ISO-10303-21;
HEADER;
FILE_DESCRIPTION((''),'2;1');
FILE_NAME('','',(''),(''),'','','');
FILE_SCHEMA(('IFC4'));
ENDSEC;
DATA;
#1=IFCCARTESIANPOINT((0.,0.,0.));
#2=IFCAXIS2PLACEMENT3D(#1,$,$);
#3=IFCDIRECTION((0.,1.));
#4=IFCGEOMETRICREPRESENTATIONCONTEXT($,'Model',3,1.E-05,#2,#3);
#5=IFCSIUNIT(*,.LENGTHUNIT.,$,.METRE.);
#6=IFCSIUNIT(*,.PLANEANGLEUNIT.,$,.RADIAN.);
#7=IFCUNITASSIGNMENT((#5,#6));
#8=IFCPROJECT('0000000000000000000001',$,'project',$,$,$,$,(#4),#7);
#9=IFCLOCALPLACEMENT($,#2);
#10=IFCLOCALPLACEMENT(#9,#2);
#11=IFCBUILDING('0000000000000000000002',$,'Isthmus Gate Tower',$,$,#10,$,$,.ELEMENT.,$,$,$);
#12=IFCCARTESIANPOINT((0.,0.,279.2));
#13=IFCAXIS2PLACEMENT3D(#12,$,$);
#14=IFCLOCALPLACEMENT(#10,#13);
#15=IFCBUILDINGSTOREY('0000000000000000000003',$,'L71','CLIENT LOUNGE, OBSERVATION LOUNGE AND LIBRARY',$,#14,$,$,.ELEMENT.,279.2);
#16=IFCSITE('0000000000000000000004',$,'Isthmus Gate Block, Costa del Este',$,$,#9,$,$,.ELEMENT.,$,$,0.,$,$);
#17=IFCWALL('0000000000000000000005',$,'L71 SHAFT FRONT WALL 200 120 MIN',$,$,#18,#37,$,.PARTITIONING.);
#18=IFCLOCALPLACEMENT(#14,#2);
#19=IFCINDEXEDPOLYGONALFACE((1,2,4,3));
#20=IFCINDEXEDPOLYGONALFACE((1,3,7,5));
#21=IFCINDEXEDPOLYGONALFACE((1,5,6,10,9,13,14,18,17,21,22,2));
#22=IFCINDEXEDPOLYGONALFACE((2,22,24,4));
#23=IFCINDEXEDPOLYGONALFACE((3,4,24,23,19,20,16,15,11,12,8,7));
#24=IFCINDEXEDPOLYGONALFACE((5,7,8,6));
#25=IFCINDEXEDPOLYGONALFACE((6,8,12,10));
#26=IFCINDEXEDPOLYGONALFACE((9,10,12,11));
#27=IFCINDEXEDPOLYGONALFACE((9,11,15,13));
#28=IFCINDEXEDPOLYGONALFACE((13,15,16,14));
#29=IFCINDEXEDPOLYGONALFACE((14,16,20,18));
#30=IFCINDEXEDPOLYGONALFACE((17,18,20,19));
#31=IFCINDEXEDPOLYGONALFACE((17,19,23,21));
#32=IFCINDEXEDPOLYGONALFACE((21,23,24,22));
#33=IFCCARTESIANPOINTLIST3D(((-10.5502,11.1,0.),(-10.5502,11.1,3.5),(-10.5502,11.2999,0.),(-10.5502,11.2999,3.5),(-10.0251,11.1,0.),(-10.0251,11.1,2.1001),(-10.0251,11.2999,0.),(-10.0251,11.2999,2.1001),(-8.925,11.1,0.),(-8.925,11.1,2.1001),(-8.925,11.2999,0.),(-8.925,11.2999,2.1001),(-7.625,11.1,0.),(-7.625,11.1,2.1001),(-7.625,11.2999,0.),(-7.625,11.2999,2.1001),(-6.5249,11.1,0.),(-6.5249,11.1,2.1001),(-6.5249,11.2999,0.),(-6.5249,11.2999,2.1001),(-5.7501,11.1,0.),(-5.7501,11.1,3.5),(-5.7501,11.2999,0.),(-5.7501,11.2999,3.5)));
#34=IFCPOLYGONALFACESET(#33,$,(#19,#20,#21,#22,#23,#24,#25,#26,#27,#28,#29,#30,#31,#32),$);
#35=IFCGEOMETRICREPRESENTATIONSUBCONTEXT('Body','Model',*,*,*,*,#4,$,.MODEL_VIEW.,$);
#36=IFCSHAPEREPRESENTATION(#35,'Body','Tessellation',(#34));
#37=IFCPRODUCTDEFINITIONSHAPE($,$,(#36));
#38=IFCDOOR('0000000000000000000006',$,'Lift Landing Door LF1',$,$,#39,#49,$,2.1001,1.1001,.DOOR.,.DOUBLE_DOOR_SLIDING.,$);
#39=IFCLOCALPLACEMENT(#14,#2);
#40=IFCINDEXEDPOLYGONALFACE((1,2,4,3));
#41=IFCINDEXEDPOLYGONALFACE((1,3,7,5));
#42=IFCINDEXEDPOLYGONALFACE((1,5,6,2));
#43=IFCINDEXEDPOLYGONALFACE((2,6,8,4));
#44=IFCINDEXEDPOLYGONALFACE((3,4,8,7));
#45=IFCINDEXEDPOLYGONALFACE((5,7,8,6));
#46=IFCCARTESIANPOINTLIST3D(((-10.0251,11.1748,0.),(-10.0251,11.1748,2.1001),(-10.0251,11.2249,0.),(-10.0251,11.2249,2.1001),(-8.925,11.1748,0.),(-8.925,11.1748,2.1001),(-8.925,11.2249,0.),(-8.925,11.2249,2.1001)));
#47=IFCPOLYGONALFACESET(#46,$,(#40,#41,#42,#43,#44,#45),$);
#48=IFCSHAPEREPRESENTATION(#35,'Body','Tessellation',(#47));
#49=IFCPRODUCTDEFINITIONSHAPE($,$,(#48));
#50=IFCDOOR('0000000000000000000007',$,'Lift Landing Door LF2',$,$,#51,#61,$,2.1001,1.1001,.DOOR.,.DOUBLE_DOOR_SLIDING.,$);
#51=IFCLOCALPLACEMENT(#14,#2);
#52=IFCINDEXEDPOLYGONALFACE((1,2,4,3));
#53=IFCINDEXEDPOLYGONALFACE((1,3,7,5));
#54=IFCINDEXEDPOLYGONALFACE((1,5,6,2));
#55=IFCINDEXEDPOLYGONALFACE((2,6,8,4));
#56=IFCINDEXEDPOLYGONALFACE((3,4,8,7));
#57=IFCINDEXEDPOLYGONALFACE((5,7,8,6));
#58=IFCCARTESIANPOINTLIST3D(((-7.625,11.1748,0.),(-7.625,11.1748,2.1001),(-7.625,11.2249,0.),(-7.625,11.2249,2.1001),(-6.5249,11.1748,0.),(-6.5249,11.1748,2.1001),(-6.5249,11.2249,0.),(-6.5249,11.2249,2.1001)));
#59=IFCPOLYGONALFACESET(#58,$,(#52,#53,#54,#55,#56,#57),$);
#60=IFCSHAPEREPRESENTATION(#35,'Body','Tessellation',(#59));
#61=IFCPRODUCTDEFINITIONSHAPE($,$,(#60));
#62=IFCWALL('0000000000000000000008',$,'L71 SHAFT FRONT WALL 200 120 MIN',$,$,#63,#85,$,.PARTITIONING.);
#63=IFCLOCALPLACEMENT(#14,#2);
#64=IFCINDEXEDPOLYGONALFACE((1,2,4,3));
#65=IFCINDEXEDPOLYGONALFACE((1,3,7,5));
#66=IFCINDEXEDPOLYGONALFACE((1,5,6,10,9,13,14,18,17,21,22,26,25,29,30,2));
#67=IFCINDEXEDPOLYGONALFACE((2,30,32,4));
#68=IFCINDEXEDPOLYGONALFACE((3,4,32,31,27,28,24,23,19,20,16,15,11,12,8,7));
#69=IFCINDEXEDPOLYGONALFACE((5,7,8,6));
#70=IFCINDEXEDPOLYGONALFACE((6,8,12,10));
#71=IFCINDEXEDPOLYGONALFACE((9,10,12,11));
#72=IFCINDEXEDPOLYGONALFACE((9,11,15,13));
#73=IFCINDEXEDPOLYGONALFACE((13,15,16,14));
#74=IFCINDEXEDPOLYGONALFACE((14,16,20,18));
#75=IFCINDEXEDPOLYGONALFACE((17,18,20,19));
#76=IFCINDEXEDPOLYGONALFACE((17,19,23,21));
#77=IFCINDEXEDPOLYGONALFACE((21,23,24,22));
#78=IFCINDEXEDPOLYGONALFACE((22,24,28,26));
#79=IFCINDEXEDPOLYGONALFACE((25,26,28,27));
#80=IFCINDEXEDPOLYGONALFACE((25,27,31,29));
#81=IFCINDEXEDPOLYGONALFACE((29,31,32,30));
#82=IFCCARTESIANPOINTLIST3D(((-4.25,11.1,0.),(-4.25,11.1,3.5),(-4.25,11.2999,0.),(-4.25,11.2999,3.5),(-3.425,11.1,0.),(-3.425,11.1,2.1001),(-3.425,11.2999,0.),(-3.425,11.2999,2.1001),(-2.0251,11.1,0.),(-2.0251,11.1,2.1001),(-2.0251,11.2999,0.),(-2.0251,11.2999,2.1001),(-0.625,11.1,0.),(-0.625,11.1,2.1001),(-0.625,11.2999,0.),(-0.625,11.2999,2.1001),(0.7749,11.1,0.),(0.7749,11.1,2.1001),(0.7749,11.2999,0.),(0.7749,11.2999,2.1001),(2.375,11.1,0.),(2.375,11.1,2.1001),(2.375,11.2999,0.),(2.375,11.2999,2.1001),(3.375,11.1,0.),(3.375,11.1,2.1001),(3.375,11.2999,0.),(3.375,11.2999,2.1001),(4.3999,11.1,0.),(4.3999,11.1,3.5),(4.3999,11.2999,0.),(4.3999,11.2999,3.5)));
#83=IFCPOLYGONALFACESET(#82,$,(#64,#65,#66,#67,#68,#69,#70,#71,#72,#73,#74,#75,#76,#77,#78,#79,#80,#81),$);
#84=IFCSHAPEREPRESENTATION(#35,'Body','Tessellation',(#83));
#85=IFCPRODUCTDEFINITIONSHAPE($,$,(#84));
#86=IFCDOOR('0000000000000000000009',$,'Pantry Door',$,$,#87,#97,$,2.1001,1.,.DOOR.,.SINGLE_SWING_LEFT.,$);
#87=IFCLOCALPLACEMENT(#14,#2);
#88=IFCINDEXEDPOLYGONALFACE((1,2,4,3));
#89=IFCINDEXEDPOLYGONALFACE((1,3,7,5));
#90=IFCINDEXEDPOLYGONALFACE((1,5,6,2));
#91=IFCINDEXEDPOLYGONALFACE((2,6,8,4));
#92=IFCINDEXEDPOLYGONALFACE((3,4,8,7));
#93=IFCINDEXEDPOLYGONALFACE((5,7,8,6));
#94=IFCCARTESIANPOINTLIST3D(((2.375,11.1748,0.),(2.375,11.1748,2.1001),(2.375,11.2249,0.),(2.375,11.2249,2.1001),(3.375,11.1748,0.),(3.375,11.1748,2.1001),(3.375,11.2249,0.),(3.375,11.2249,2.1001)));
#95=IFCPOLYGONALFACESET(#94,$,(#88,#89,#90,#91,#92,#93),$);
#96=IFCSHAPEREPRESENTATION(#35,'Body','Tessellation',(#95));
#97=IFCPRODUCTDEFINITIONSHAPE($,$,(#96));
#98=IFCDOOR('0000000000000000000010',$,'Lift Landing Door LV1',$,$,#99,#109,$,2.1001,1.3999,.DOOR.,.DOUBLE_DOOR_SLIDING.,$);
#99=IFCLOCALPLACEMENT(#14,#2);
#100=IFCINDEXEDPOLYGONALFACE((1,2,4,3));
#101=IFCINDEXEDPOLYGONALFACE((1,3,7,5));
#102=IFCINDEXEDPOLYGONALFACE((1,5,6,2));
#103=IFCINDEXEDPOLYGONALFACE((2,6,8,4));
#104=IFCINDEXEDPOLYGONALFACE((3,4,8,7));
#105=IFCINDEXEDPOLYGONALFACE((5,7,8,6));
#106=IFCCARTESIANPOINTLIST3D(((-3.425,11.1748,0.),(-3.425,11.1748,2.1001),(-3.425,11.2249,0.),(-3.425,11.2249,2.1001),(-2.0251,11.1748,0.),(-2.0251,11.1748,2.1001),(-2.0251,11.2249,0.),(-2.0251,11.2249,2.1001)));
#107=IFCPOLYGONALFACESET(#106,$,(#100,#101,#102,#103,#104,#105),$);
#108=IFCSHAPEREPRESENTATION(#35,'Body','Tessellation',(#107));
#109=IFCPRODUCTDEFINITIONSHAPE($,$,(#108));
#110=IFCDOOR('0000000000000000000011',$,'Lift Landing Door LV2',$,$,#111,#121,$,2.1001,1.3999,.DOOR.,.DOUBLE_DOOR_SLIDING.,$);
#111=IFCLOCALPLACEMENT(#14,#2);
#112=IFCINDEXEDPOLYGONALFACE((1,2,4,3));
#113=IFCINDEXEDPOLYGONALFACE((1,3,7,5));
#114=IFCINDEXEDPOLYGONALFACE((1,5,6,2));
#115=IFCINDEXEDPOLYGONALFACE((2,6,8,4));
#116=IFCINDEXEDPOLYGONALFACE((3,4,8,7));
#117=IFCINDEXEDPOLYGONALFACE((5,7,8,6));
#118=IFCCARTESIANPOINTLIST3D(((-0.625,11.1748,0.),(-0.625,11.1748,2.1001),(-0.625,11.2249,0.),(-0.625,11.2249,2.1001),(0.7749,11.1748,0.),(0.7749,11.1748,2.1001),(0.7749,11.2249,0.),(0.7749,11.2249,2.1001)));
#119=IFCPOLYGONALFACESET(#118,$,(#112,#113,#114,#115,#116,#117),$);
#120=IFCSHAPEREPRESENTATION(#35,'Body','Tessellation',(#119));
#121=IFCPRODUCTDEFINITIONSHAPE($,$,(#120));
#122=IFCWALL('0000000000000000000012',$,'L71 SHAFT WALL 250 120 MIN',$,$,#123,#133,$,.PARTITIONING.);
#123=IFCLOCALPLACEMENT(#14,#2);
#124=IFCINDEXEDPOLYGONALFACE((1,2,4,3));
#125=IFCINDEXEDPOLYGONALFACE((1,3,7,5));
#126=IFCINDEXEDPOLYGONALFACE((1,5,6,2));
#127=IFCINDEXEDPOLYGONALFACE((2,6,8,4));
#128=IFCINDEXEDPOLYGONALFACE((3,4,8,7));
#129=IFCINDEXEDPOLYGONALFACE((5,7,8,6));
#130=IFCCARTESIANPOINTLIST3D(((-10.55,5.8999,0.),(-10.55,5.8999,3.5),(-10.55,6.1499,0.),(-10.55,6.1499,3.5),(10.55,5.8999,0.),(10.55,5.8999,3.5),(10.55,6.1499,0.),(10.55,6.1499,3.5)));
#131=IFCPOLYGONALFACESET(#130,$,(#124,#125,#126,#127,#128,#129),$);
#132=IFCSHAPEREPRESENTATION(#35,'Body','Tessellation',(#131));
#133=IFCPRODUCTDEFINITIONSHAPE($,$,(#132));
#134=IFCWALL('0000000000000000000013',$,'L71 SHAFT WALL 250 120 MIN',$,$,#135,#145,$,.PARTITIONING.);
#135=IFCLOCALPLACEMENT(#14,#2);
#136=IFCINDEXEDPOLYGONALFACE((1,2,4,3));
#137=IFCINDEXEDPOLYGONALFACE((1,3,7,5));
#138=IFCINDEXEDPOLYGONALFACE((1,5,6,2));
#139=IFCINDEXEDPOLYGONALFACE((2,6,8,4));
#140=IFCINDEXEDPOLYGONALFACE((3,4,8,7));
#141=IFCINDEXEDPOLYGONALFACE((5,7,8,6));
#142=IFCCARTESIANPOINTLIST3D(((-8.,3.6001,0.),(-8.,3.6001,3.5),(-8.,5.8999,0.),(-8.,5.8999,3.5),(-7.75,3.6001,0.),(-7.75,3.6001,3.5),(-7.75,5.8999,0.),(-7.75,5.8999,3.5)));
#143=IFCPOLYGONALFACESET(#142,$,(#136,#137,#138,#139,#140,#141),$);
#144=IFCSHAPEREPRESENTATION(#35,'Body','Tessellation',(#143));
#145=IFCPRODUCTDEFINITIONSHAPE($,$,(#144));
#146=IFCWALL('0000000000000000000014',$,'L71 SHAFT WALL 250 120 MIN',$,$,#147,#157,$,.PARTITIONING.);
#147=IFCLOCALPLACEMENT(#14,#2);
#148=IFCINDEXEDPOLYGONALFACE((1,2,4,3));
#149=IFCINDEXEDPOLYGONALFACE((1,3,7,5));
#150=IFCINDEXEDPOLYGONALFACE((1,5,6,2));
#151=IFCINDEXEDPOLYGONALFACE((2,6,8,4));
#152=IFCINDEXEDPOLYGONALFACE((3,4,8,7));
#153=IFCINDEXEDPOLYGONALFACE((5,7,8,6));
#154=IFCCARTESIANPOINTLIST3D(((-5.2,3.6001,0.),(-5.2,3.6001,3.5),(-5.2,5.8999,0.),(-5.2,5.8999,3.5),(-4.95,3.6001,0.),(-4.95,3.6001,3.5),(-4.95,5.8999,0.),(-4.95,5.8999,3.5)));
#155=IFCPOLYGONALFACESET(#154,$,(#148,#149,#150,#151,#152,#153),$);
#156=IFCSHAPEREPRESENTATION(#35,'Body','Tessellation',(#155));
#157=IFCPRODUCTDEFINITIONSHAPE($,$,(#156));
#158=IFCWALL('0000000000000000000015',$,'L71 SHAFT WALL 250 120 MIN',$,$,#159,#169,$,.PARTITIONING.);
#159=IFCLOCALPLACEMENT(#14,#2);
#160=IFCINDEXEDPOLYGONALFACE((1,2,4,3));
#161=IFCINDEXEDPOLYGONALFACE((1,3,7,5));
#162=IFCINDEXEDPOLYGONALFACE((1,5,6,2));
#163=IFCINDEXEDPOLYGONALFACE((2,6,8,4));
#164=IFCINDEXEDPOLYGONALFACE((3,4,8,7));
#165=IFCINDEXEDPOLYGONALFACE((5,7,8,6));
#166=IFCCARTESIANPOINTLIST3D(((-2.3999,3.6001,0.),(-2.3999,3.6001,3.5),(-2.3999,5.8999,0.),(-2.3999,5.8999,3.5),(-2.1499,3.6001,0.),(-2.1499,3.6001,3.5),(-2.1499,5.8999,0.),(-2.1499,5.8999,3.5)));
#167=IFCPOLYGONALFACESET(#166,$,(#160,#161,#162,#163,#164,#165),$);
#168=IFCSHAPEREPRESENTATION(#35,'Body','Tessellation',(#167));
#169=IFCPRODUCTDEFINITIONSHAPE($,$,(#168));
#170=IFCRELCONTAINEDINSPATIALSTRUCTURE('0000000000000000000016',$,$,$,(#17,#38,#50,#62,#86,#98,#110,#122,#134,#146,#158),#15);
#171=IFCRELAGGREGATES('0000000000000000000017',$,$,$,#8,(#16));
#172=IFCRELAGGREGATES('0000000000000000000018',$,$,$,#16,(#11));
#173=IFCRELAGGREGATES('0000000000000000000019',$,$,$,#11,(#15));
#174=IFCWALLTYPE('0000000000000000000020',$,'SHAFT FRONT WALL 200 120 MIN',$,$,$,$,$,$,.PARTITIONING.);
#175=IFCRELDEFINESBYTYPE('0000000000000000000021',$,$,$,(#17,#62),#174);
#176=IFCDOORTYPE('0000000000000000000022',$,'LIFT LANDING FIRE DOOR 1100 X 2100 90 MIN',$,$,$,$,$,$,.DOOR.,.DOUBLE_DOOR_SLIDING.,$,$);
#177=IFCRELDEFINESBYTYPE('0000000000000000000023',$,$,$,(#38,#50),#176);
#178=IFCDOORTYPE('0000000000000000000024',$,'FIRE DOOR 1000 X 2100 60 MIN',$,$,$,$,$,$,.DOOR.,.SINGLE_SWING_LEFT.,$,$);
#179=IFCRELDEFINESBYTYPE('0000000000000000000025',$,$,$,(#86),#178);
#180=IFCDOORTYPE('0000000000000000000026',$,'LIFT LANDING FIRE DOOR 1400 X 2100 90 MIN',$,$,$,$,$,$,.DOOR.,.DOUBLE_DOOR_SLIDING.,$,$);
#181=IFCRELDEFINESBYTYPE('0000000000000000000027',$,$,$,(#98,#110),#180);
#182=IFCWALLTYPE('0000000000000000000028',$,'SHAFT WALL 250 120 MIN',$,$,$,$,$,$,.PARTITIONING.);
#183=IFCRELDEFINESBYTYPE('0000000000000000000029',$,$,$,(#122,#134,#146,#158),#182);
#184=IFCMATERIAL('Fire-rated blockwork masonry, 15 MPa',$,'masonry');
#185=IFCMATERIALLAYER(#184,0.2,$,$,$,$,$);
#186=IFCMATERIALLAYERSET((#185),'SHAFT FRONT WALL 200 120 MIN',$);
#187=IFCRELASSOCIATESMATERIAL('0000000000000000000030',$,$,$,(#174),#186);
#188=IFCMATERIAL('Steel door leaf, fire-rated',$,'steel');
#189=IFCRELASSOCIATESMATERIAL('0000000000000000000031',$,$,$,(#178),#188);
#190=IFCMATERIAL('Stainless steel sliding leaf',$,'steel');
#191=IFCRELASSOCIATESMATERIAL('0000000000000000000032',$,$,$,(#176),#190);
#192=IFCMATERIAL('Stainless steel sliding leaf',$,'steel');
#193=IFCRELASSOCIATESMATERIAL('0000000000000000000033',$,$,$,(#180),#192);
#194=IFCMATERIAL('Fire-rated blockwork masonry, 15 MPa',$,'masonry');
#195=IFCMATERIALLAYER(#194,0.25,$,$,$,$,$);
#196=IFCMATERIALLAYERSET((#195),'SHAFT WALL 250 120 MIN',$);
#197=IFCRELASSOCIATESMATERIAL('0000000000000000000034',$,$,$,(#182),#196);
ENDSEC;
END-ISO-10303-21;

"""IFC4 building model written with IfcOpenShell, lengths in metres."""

from ifc_helpers import new_model, si_unit, direction, frame, frame_2d, origin, place, context, subcontext, project, spatial, rectangle, extrude, material, layer, layer_set, type_object, element, fill, save


model = new_model("IFC4")

# Units and contexts
model_context = context("Model", 3, precision=1e-05, world=origin(), true_north=direction((0.0, 1.0)))
body_context = subcontext(model_context, "Body", "Model", "MODEL_VIEW")
ifc_project = project(units=[si_unit("LENGTHUNIT", "METRE"), si_unit("PLANEANGLEUNIT", "RADIAN")], contexts=[model_context])

# Site, building, storey
site_placement = place(None, origin())
site = spatial("IfcSite", under=ifc_project, at=site_placement, Name="Isthmus Gate Block, Costa del Este", CompositionType="ELEMENT", RefElevation=0.0)
building_placement = place(site_placement, origin())
building = spatial("IfcBuilding", under=site, at=building_placement, Name="Isthmus Gate Tower", CompositionType="ELEMENT")
storey_placement = place(building_placement, frame((0.0, 0.0, 279.2)))
storey = spatial("IfcBuildingStorey", under=building, at=storey_placement, Name="L71", Description="CLIENT LOUNGE, OBSERVATION LOUNGE AND LIBRARY", CompositionType="ELEMENT", Elevation=279.2)

# Walls, openings, doors
ifc_material_1 = material(Name="Fire-rated blockwork masonry, 15 MPa", Category="masonry")
ifc_layer_1 = layer(ifc_material_1, 0.2)
ifc_layer_set_1 = layer_set([ifc_layer_1], Name="SHAFT FRONT WALL 200 120 MIN")
wall_type_1 = type_object("IfcWallType", Name="SHAFT FRONT WALL 200 120 MIN", PredefinedType="PARTITIONING", material=ifc_layer_set_1)
ifc_material_2 = material(Name="Steel door leaf, fire-rated", Category="steel")
door_type_1 = type_object("IfcDoorType", Name="FIRE DOOR 1000 X 2100 60 MIN", OperationType="SINGLE_SWING_LEFT", PredefinedType="DOOR", material=ifc_material_2)
wall_1_placement = place(storey_placement, frame((-10.55, 11.2, 0.0), z_axis=(0.0, 0.0, 1.0), x_axis=(1.0, 0.0, 0.0)))
wall_1 = element("IfcWall", 1, at=wall_1_placement, inside=storey, type_object=wall_type_1, Name="L71 SHAFT FRONT WALL 200 120 MIN", PredefinedType="PARTITIONING", context=body_context, shape_type="SweptSolid", body=[
    extrude(rectangle(XDim=4.8, YDim=0.2, at=frame_2d((2.3999, 0.0))), origin(), (0.0, 0.0, 1.0), 3.5),
])
opening_1_placement = place(wall_1_placement, frame((0.5249, 0.0, 0.0)))
opening_1 = element("IfcOpeningElement", 2, at=opening_1_placement, cuts=wall_1, PredefinedType="OPENING", context=body_context, shape_type="SweptSolid", body=[
    extrude(rectangle(XDim=1.1001, YDim=2.1001, at=frame_2d((0.55, 1.05))), frame((0.0, 0.1099, 0.0), z_axis=(0.0, -1.0, 0.0), x_axis=(1.0, 0.0, 0.0)), (0.0, 0.0, 1.0), 0.22),
])
opening_2_placement = place(wall_1_placement, frame((2.925, 0.0, 0.0)))
opening_2 = element("IfcOpeningElement", 3, at=opening_2_placement, cuts=wall_1, PredefinedType="OPENING", context=body_context, shape_type="SweptSolid", body=[
    extrude(rectangle(XDim=1.1001, YDim=2.1001, at=frame_2d((0.55, 1.05))), frame((0.0, 0.1099, 0.0), z_axis=(0.0, -1.0, 0.0), x_axis=(1.0, 0.0, 0.0)), (0.0, 0.0, 1.0), 0.22),
])
ifc_material_3 = material(Name="Stainless steel sliding leaf", Category="steel")
door_type_2 = type_object("IfcDoorType", Name="LIFT LANDING FIRE DOOR 1100 X 2100 90 MIN", OperationType="DOUBLE_DOOR_SLIDING", PredefinedType="DOOR", material=ifc_material_3)
door_1_placement = place(opening_1_placement, origin())
door_1 = element("IfcDoor", 4, at=door_1_placement, inside=storey, type_object=door_type_2, Name="Lift Landing Door LF1", OperationType="DOUBLE_DOOR_SLIDING", OverallHeight=2.1001, OverallWidth=1.1001, PredefinedType="DOOR", context=body_context, shape_type="SweptSolid", body=[
    extrude(rectangle(XDim=1.1001, YDim=2.1001, at=frame_2d((0.55, 1.05))), frame((0.0, 0.0249, 0.0), z_axis=(0.0, -1.0, 0.0), x_axis=(1.0, 0.0, 0.0)), (0.0, 0.0, 1.0), 0.05),
])
fill(opening_1, door_1)
door_2_placement = place(opening_2_placement, origin())
door_2 = element("IfcDoor", 5, at=door_2_placement, inside=storey, type_object=door_type_2, Name="Lift Landing Door LF2", OperationType="DOUBLE_DOOR_SLIDING", OverallHeight=2.1001, OverallWidth=1.1001, PredefinedType="DOOR", context=body_context, shape_type="SweptSolid", body=[
    extrude(rectangle(XDim=1.1001, YDim=2.1001, at=frame_2d((0.55, 1.05))), frame((0.0, 0.0249, 0.0), z_axis=(0.0, -1.0, 0.0), x_axis=(1.0, 0.0, 0.0)), (0.0, 0.0, 1.0), 0.05),
])
fill(opening_2, door_2)
wall_2_placement = place(storey_placement, frame((-4.25, 11.2, 0.0), z_axis=(0.0, 0.0, 1.0), x_axis=(1.0, 0.0, 0.0)))
wall_2 = element("IfcWall", 6, at=wall_2_placement, inside=storey, type_object=wall_type_1, Name="L71 SHAFT FRONT WALL 200 120 MIN", PredefinedType="PARTITIONING", context=body_context, shape_type="SweptSolid", body=[
    extrude(rectangle(XDim=8.6499, YDim=0.2, at=frame_2d((4.325, 0.0))), origin(), (0.0, 0.0, 1.0), 3.5),
])
opening_3_placement = place(wall_2_placement, frame((0.825, 0.0, 0.0)))
opening_3 = element("IfcOpeningElement", 7, at=opening_3_placement, cuts=wall_2, PredefinedType="OPENING", context=body_context, shape_type="SweptSolid", body=[
    extrude(rectangle(XDim=1.3999, YDim=2.1001, at=frame_2d((0.7, 1.05))), frame((0.0, 0.1099, 0.0), z_axis=(0.0, -1.0, 0.0), x_axis=(1.0, 0.0, 0.0)), (0.0, 0.0, 1.0), 0.22),
])
opening_4_placement = place(wall_2_placement, frame((3.625, 0.0, 0.0)))
opening_4 = element("IfcOpeningElement", 8, at=opening_4_placement, cuts=wall_2, PredefinedType="OPENING", context=body_context, shape_type="SweptSolid", body=[
    extrude(rectangle(XDim=1.3999, YDim=2.1001, at=frame_2d((0.7, 1.05))), frame((0.0, 0.1099, 0.0), z_axis=(0.0, -1.0, 0.0), x_axis=(1.0, 0.0, 0.0)), (0.0, 0.0, 1.0), 0.22),
])
opening_5_placement = place(wall_2_placement, frame((6.625, 0.0, 0.0)))
opening_5 = element("IfcOpeningElement", 9, at=opening_5_placement, cuts=wall_2, PredefinedType="OPENING", context=body_context, shape_type="SweptSolid", body=[
    extrude(rectangle(XDim=1.0, YDim=2.1001, at=frame_2d((0.5, 1.05))), frame((0.0, 0.1099, 0.0), z_axis=(0.0, -1.0, 0.0), x_axis=(1.0, 0.0, 0.0)), (0.0, 0.0, 1.0), 0.22),
])
door_3_placement = place(opening_5_placement, origin())
door_3 = element("IfcDoor", 10, at=door_3_placement, inside=storey, type_object=door_type_1, Name="Pantry Door", OperationType="SINGLE_SWING_LEFT", OverallHeight=2.1001, OverallWidth=1.0, PredefinedType="DOOR", context=body_context, shape_type="SweptSolid", body=[
    extrude(rectangle(XDim=1.0, YDim=2.1001, at=frame_2d((0.5, 1.05))), frame((0.0, 0.0249, 0.0), z_axis=(0.0, -1.0, 0.0), x_axis=(1.0, 0.0, 0.0)), (0.0, 0.0, 1.0), 0.05),
])
fill(opening_5, door_3)
ifc_material_4 = material(Name="Stainless steel sliding leaf", Category="steel")
door_type_3 = type_object("IfcDoorType", Name="LIFT LANDING FIRE DOOR 1400 X 2100 90 MIN", OperationType="DOUBLE_DOOR_SLIDING", PredefinedType="DOOR", material=ifc_material_4)
door_4_placement = place(opening_3_placement, origin())
door_4 = element("IfcDoor", 11, at=door_4_placement, inside=storey, type_object=door_type_3, Name="Lift Landing Door LV1", OperationType="DOUBLE_DOOR_SLIDING", OverallHeight=2.1001, OverallWidth=1.3999, PredefinedType="DOOR", context=body_context, shape_type="SweptSolid", body=[
    extrude(rectangle(XDim=1.3999, YDim=2.1001, at=frame_2d((0.7, 1.05))), frame((0.0, 0.0249, 0.0), z_axis=(0.0, -1.0, 0.0), x_axis=(1.0, 0.0, 0.0)), (0.0, 0.0, 1.0), 0.05),
])
fill(opening_3, door_4)
door_5_placement = place(opening_4_placement, origin())
door_5 = element("IfcDoor", 12, at=door_5_placement, inside=storey, type_object=door_type_3, Name="Lift Landing Door LV2", OperationType="DOUBLE_DOOR_SLIDING", OverallHeight=2.1001, OverallWidth=1.3999, PredefinedType="DOOR", context=body_context, shape_type="SweptSolid", body=[
    extrude(rectangle(XDim=1.3999, YDim=2.1001, at=frame_2d((0.7, 1.05))), frame((0.0, 0.0249, 0.0), z_axis=(0.0, -1.0, 0.0), x_axis=(1.0, 0.0, 0.0)), (0.0, 0.0, 1.0), 0.05),
])
fill(opening_4, door_5)

# Walls
ifc_material_5 = material(Name="Fire-rated blockwork masonry, 15 MPa", Category="masonry")
ifc_layer_2 = layer(ifc_material_5, 0.25)
ifc_layer_set_2 = layer_set([ifc_layer_2], Name="SHAFT WALL 250 120 MIN")
wall_type_2 = type_object("IfcWallType", Name="SHAFT WALL 250 120 MIN", PredefinedType="PARTITIONING", material=ifc_layer_set_2)
wall_3_placement = place(storey_placement, frame((-10.55, 6.0249, 0.0), z_axis=(0.0, 0.0, 1.0), x_axis=(1.0, 0.0, 0.0)))
element("IfcWall", 13, at=wall_3_placement, inside=storey, type_object=wall_type_2, Name="L71 SHAFT WALL 250 120 MIN", PredefinedType="PARTITIONING", context=body_context, shape_type="SweptSolid", body=[
    extrude(rectangle(XDim=21.1001, YDim=0.25, at=frame_2d((10.55, 0.0))), origin(), (0.0, 0.0, 1.0), 3.5),
])
for number, where, z_axis, x_axis, name in (
    (14, (-7.875, 3.6001, 0.0), (0.0, 0.0, 1.0), (0.0, 1.0, 0.0), "L71 SHAFT WALL 250 120 MIN"),
    (15, (-5.075, 3.6001, 0.0), (0.0, 0.0, 1.0), (0.0, 1.0, 0.0), "L71 SHAFT WALL 250 120 MIN"),
    (16, (-2.2749, 3.6001, 0.0), (0.0, 0.0, 1.0), (0.0, 1.0, 0.0), "L71 SHAFT WALL 250 120 MIN"),
):
    element("IfcWall", number, at=place(storey_placement, frame(where, z_axis=z_axis, x_axis=x_axis)), inside=storey, type_object=wall_type_2, Name=name, PredefinedType="PARTITIONING", context=body_context, shape_type="SweptSolid", body=[
        extrude(rectangle(XDim=2.2998, YDim=0.25, at=frame_2d((1.1499, 0.0))), origin(), (0.0, 0.0, 1.0), 3.5),
    ])

save(model, "model.ifc")
